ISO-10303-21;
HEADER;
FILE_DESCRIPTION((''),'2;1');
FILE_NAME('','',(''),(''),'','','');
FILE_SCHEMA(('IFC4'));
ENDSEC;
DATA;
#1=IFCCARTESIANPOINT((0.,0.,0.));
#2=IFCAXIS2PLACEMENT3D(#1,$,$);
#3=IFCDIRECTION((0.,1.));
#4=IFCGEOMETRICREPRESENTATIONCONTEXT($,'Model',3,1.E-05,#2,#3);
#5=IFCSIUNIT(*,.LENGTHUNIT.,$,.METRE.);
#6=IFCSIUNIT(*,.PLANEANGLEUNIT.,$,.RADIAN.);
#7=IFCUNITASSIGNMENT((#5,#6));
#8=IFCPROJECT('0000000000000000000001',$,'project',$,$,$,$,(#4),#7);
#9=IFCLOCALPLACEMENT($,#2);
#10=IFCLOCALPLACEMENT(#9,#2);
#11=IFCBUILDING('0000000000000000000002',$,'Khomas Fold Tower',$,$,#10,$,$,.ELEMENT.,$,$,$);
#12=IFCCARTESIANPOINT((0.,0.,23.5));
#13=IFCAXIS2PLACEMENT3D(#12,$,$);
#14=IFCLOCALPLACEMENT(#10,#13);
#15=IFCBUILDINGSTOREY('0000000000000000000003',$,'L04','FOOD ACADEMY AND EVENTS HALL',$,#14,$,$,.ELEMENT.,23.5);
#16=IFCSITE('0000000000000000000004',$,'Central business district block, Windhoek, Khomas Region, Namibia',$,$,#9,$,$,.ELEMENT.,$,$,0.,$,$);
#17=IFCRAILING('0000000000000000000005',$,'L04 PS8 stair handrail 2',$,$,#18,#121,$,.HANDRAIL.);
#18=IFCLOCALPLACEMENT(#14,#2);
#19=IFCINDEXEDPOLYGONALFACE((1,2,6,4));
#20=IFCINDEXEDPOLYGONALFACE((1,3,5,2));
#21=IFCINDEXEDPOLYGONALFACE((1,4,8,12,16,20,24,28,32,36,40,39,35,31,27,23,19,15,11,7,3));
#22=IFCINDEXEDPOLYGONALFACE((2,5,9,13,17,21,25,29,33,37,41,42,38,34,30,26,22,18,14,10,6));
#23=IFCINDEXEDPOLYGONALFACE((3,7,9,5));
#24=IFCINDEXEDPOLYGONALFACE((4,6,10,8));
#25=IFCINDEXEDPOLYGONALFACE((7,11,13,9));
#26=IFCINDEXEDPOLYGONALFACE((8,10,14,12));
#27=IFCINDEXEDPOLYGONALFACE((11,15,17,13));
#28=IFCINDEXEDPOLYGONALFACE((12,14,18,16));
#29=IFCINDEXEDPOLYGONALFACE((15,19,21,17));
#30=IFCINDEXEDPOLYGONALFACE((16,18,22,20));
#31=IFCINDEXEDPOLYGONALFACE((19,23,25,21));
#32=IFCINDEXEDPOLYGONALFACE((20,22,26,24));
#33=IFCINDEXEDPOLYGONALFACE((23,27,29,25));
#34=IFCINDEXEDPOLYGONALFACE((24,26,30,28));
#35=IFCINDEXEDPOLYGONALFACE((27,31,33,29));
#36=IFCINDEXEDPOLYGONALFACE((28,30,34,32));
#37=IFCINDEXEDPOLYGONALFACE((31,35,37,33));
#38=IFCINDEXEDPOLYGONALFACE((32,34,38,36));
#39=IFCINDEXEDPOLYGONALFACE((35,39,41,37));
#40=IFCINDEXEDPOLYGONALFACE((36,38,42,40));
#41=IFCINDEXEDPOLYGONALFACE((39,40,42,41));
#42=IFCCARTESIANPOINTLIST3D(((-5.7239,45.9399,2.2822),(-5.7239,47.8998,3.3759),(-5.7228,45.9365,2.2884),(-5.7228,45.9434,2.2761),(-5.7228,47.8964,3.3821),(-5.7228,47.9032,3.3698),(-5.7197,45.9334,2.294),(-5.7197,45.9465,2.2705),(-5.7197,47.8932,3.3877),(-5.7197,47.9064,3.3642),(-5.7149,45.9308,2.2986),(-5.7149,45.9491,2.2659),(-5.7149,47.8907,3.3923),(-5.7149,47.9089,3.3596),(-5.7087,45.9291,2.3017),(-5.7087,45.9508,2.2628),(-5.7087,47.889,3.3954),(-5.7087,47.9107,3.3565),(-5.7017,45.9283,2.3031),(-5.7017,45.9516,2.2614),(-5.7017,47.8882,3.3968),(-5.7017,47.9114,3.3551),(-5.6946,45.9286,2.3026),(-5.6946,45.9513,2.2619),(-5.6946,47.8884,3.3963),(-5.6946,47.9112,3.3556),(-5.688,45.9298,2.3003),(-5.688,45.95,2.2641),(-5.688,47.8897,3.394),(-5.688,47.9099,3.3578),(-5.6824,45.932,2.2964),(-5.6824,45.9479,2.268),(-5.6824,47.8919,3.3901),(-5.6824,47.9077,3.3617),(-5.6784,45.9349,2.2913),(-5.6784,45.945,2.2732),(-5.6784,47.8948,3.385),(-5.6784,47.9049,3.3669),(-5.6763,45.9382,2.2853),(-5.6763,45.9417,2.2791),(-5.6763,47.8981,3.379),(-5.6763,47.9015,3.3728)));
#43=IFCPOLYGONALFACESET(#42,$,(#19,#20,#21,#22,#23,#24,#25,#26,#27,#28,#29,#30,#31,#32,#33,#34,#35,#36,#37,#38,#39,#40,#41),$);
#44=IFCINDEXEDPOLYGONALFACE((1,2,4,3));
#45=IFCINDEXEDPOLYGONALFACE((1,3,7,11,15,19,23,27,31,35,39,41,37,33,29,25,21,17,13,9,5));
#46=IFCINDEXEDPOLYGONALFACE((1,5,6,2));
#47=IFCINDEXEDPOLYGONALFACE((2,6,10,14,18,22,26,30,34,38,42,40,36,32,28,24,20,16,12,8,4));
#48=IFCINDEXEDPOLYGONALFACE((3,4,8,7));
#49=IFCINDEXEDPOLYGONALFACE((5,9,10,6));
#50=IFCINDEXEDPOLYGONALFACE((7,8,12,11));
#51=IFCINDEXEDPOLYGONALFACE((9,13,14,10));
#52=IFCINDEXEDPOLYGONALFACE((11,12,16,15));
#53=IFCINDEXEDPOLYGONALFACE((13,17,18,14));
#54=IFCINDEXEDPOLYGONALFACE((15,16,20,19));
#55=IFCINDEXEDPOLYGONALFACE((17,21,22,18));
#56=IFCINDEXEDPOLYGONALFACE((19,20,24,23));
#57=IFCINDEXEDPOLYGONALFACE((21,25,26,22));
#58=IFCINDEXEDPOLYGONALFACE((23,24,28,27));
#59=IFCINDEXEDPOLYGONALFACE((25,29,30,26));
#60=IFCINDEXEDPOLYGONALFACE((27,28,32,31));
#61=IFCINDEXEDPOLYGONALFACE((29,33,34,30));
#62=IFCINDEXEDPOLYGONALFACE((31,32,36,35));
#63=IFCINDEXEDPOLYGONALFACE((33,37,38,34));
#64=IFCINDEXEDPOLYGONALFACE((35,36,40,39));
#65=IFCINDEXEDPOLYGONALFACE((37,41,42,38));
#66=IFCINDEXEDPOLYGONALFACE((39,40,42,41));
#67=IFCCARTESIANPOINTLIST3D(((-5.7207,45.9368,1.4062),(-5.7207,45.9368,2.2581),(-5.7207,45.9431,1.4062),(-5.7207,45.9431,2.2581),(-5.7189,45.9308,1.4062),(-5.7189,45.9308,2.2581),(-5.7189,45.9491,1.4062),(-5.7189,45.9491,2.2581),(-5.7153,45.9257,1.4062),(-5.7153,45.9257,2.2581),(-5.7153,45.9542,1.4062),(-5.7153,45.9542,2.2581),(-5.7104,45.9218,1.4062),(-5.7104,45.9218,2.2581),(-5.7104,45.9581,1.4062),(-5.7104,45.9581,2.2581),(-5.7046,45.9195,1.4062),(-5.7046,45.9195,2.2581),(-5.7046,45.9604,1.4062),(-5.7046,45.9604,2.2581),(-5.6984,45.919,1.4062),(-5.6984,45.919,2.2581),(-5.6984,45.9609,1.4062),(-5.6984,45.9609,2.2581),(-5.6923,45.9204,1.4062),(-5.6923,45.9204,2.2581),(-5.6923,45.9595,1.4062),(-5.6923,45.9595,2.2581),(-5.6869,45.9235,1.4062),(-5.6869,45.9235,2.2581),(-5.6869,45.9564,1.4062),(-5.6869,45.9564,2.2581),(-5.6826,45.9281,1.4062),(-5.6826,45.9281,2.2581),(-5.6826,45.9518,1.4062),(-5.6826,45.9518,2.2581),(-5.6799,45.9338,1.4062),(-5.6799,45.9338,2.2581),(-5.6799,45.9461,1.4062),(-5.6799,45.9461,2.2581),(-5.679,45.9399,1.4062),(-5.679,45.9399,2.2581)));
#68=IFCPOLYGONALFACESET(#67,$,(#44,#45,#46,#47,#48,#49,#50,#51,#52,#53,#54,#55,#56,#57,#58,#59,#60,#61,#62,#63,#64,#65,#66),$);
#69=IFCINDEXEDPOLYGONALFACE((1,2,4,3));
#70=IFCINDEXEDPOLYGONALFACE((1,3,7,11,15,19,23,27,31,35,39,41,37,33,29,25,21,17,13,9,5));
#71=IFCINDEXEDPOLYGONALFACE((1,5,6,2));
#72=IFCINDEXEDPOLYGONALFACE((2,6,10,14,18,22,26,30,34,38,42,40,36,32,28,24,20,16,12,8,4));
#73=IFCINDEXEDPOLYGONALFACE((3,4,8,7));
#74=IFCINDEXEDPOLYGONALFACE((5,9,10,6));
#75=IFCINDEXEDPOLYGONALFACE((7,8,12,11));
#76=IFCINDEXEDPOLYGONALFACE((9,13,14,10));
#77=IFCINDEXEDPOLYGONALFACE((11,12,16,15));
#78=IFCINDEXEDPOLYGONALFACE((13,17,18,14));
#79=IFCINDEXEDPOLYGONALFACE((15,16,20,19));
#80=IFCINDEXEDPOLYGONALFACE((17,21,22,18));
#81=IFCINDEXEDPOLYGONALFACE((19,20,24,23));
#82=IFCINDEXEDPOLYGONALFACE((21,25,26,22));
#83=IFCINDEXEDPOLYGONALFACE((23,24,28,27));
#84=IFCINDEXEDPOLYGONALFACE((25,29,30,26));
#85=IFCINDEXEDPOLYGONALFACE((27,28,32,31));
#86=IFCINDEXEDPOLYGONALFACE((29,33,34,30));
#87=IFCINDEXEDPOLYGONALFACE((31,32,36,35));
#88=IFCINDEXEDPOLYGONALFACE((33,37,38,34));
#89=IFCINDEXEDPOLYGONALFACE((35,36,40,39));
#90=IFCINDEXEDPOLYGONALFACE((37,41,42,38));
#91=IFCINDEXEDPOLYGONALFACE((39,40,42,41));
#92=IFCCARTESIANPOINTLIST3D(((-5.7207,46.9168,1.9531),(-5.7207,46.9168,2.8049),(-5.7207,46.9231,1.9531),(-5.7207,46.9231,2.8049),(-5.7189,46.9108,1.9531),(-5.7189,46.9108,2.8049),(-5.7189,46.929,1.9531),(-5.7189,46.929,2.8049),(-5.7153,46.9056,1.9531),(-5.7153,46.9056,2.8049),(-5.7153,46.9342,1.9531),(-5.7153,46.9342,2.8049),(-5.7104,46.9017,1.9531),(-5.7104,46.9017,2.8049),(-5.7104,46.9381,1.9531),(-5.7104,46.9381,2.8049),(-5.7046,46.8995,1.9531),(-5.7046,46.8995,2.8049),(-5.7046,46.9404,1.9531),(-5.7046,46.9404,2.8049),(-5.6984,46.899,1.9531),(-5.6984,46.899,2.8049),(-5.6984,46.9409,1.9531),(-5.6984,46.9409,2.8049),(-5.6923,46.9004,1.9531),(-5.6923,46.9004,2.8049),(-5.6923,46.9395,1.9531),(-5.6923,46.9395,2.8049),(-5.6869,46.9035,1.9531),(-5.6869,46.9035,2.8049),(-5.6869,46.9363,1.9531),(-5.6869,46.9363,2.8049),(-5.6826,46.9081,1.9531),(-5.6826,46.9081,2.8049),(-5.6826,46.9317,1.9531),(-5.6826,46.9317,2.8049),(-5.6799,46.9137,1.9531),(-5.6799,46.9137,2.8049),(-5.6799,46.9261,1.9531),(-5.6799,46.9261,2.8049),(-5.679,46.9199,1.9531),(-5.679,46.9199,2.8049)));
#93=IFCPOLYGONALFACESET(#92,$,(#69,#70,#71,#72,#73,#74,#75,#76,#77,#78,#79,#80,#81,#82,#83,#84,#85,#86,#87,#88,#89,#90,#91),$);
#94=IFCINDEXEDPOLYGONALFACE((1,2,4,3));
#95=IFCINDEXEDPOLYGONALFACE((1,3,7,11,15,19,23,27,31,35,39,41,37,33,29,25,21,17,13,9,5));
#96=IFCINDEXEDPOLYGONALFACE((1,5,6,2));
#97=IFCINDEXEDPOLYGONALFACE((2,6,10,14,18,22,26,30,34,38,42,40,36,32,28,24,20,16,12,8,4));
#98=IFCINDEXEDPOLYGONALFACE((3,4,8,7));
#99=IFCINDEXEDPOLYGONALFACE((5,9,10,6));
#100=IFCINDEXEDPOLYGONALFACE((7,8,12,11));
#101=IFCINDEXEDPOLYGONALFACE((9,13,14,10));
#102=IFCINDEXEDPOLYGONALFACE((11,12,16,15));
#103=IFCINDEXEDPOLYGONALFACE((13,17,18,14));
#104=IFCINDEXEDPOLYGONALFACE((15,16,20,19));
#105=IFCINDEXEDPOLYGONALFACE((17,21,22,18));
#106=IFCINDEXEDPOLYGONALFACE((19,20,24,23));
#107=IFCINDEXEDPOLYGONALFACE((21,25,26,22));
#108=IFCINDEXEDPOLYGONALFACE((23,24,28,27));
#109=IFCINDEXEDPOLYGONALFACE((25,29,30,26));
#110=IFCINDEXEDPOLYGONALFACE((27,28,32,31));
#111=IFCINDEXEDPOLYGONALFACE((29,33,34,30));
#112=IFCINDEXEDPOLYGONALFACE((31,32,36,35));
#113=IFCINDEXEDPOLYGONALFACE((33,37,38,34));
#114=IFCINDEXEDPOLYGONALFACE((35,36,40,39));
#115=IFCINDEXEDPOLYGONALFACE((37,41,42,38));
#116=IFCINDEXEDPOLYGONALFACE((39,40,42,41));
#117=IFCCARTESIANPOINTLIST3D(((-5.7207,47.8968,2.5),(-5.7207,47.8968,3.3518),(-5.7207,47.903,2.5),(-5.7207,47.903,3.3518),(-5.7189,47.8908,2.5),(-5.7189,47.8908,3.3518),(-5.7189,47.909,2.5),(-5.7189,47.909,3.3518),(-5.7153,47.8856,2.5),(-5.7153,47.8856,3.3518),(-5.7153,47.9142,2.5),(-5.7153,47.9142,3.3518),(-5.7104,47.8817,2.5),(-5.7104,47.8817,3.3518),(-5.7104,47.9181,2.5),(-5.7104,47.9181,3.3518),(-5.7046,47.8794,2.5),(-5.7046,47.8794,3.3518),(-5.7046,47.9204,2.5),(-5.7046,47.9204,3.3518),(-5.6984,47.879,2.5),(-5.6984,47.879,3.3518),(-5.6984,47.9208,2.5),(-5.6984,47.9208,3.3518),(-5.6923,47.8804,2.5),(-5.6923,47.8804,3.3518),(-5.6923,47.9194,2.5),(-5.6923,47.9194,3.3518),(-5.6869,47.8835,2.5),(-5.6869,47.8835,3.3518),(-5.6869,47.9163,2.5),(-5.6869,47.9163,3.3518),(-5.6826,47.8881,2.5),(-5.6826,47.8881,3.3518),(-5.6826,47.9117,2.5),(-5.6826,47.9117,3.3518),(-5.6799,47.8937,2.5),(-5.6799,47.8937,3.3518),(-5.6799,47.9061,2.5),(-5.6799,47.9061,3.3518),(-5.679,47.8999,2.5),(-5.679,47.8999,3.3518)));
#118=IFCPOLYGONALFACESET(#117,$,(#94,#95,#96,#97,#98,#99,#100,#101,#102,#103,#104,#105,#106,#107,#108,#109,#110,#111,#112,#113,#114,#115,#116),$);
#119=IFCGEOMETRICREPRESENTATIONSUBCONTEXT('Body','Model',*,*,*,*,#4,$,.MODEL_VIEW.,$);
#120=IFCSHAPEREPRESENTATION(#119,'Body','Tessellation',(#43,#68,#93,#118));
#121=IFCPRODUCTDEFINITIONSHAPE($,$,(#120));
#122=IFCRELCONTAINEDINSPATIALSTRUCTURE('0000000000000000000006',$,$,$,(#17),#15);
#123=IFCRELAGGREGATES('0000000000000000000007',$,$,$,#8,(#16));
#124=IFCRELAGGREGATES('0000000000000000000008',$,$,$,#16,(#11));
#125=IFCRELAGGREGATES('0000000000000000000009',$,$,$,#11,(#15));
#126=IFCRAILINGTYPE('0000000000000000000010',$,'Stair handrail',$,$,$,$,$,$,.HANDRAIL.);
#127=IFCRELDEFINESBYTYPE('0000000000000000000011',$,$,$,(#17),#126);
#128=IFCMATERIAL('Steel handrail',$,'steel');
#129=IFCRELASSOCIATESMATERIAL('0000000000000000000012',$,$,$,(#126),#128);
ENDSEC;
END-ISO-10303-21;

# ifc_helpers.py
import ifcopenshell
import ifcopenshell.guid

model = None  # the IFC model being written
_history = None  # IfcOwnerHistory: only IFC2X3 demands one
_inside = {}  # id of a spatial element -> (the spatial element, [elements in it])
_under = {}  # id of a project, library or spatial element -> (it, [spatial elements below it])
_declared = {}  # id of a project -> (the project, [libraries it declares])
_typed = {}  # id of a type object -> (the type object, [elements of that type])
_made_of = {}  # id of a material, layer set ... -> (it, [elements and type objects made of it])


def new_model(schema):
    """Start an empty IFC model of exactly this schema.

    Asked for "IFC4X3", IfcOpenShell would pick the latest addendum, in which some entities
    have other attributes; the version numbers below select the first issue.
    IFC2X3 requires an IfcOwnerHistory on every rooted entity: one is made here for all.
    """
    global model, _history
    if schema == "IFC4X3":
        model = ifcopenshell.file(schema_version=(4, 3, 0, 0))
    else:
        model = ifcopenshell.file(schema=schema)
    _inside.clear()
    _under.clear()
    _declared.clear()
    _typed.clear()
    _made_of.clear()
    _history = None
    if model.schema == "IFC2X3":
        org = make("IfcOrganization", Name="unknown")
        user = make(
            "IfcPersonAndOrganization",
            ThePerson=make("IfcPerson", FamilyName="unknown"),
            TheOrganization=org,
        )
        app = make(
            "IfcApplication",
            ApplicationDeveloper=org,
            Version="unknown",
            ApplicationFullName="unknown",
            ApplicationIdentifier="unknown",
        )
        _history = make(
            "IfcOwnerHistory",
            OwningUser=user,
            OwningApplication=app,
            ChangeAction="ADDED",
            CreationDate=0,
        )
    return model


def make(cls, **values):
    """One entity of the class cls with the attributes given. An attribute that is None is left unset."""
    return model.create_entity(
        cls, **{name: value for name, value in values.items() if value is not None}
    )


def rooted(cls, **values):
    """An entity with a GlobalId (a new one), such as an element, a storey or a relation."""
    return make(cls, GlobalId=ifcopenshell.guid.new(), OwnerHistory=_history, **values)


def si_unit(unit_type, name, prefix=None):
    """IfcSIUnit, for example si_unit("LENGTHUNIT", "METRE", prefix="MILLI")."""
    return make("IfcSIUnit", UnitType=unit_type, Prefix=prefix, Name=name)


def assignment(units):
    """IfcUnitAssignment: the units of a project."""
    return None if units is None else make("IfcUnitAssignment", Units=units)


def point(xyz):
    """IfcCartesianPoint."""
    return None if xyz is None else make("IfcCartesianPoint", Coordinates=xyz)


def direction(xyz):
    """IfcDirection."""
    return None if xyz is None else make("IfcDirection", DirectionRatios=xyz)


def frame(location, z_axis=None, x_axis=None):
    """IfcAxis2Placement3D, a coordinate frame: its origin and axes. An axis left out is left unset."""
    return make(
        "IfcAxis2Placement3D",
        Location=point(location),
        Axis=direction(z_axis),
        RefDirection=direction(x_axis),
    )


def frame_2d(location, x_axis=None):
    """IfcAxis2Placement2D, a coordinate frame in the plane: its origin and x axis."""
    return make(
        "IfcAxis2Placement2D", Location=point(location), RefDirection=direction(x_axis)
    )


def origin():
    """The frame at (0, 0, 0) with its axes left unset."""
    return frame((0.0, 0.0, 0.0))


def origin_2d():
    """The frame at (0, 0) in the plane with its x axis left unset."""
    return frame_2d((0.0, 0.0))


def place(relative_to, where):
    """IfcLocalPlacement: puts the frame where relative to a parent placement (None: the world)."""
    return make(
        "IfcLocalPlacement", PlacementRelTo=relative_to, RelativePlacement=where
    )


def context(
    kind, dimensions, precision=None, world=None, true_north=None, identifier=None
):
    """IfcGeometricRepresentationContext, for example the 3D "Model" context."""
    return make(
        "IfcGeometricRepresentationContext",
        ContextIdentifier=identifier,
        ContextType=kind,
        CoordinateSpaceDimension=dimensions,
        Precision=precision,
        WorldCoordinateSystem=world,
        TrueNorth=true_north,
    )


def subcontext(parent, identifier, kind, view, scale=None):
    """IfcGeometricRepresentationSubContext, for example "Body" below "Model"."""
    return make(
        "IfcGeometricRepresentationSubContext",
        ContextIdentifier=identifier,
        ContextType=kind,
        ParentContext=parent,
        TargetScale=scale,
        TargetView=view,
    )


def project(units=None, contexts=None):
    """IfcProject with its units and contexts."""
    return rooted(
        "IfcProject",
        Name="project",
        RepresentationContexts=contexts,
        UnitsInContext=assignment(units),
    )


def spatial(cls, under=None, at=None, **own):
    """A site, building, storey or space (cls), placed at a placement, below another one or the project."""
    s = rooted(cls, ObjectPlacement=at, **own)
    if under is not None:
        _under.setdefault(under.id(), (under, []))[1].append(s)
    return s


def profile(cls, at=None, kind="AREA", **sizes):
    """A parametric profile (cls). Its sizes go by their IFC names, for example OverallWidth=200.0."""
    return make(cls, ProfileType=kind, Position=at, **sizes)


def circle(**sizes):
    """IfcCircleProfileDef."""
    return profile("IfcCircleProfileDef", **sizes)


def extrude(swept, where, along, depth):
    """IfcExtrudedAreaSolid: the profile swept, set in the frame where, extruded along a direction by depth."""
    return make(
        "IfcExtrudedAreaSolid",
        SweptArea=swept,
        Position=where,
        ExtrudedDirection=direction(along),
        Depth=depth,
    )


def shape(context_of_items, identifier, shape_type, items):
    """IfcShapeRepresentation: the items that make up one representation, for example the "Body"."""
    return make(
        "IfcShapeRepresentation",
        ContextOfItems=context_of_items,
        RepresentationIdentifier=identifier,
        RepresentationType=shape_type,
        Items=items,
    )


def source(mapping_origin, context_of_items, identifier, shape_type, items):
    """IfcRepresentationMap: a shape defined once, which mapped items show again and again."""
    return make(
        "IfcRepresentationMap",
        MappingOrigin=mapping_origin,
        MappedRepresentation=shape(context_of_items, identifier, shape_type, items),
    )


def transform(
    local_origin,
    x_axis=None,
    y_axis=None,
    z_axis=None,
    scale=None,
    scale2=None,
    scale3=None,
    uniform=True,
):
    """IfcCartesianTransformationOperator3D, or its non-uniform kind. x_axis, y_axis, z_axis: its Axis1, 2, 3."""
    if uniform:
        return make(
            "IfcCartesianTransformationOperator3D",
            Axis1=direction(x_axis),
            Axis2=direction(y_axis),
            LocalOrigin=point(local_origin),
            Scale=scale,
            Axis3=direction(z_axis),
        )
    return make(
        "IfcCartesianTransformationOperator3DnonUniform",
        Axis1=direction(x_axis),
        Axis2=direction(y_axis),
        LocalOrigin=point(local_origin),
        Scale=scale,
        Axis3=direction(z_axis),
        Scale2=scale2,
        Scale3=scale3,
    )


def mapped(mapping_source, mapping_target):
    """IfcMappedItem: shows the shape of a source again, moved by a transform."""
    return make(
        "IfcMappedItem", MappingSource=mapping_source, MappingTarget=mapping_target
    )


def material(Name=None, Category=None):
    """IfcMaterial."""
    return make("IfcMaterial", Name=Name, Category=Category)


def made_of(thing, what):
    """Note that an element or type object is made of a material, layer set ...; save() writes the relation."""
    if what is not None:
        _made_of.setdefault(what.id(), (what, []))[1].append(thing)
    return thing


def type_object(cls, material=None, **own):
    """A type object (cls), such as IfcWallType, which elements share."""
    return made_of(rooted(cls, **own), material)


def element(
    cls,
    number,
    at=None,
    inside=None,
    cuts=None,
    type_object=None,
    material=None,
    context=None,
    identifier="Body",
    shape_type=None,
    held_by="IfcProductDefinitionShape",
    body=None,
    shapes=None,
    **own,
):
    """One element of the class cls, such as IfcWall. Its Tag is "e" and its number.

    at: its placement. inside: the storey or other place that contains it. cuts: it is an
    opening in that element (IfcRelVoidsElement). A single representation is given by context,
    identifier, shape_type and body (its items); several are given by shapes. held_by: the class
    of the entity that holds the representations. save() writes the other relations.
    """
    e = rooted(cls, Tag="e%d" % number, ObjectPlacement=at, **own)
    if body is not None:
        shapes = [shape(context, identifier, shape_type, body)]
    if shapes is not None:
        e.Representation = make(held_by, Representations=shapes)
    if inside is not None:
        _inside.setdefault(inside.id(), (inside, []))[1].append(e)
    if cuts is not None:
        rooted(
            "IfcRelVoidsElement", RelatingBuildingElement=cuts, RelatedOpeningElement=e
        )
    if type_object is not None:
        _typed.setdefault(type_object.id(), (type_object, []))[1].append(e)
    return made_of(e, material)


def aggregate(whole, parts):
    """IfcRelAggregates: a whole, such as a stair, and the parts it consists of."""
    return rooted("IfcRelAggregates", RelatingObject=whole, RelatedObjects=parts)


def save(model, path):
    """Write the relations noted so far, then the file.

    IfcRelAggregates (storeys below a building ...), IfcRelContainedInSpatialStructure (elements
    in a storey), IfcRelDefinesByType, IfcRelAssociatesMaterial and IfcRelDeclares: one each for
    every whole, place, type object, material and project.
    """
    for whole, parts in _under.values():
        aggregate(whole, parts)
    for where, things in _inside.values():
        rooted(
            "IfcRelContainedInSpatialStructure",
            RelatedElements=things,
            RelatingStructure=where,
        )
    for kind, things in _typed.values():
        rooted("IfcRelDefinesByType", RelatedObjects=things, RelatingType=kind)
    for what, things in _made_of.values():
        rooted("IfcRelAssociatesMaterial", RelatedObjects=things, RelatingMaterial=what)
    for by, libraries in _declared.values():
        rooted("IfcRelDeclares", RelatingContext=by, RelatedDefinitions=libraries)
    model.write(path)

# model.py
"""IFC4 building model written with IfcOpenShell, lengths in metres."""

from ifc_helpers import new_model, si_unit, direction, frame, origin, origin_2d, place, context, subcontext, project, spatial, circle, extrude, source, transform, mapped, material, type_object, element, save


model = new_model("IFC4")

# Units and contexts
model_context = context("Model", 3, precision=1e-05, world=origin(), true_north=direction((0.0, 1.0)))
body_context = subcontext(model_context, "Body", "Model", "MODEL_VIEW")
ifc_project = project(units=[si_unit("LENGTHUNIT", "METRE"), si_unit("PLANEANGLEUNIT", "RADIAN")], contexts=[model_context])

# Site, building, storey
site_placement = place(None, origin())
site = spatial("IfcSite", under=ifc_project, at=site_placement, Name="Central business district block, Windhoek, Khomas Region, Namibia", CompositionType="ELEMENT", RefElevation=0.0)
building_placement = place(site_placement, origin())
building = spatial("IfcBuilding", under=site, at=building_placement, Name="Khomas Fold Tower", CompositionType="ELEMENT")
storey_placement = place(building_placement, frame((0.0, 0.0, 23.5)))
storey = spatial("IfcBuildingStorey", under=building, at=storey_placement, Name="L04", Description="FOOD ACADEMY AND EVENTS HALL", CompositionType="ELEMENT", Elevation=23.5)

# Railing
ifc_material_1 = material(Name="Steel handrail", Category="steel")
railing_type_1 = type_object("IfcRailingType", Name="Stair handrail", PredefinedType="HANDRAIL", material=ifc_material_1)
shared_shape_1 = source(origin(), body_context, "Body", "SweptSolid", [
    extrude(circle(Radius=0.0239, at=origin_2d()), frame((0.0, 0.0, 0.876), z_axis=(0.0, 0.873232, 0.487304), x_axis=(-1.0, 0.0, 0.0)), (0.0, 0.0, 1.0), 2.2444),
    extrude(circle(Radius=0.021, at=origin_2d()), origin(), (0.0, 0.0, 1.0), 0.8518),
    extrude(circle(Radius=0.021, at=origin_2d()), frame((0.0, 0.98, 0.5469)), (0.0, 0.0, 1.0), 0.8518),
    extrude(circle(Radius=0.021, at=origin_2d()), frame((0.0, 1.96, 1.0938)), (0.0, 0.0, 1.0), 0.8518),
])
for number, where, name in (
    (1, (-5.7, 45.9399, 1.4062), "L04 PS8 stair handrail 2"),
):
    element("IfcRailing", number, at=place(storey_placement, frame(where)), inside=storey, type_object=railing_type_1, Name=name, PredefinedType="HANDRAIL", context=body_context, shape_type="MappedRepresentation", body=[
        mapped(shared_shape_1, transform((0.0, 0.0, 0.0))),
    ])

save(model, "model.ifc")
